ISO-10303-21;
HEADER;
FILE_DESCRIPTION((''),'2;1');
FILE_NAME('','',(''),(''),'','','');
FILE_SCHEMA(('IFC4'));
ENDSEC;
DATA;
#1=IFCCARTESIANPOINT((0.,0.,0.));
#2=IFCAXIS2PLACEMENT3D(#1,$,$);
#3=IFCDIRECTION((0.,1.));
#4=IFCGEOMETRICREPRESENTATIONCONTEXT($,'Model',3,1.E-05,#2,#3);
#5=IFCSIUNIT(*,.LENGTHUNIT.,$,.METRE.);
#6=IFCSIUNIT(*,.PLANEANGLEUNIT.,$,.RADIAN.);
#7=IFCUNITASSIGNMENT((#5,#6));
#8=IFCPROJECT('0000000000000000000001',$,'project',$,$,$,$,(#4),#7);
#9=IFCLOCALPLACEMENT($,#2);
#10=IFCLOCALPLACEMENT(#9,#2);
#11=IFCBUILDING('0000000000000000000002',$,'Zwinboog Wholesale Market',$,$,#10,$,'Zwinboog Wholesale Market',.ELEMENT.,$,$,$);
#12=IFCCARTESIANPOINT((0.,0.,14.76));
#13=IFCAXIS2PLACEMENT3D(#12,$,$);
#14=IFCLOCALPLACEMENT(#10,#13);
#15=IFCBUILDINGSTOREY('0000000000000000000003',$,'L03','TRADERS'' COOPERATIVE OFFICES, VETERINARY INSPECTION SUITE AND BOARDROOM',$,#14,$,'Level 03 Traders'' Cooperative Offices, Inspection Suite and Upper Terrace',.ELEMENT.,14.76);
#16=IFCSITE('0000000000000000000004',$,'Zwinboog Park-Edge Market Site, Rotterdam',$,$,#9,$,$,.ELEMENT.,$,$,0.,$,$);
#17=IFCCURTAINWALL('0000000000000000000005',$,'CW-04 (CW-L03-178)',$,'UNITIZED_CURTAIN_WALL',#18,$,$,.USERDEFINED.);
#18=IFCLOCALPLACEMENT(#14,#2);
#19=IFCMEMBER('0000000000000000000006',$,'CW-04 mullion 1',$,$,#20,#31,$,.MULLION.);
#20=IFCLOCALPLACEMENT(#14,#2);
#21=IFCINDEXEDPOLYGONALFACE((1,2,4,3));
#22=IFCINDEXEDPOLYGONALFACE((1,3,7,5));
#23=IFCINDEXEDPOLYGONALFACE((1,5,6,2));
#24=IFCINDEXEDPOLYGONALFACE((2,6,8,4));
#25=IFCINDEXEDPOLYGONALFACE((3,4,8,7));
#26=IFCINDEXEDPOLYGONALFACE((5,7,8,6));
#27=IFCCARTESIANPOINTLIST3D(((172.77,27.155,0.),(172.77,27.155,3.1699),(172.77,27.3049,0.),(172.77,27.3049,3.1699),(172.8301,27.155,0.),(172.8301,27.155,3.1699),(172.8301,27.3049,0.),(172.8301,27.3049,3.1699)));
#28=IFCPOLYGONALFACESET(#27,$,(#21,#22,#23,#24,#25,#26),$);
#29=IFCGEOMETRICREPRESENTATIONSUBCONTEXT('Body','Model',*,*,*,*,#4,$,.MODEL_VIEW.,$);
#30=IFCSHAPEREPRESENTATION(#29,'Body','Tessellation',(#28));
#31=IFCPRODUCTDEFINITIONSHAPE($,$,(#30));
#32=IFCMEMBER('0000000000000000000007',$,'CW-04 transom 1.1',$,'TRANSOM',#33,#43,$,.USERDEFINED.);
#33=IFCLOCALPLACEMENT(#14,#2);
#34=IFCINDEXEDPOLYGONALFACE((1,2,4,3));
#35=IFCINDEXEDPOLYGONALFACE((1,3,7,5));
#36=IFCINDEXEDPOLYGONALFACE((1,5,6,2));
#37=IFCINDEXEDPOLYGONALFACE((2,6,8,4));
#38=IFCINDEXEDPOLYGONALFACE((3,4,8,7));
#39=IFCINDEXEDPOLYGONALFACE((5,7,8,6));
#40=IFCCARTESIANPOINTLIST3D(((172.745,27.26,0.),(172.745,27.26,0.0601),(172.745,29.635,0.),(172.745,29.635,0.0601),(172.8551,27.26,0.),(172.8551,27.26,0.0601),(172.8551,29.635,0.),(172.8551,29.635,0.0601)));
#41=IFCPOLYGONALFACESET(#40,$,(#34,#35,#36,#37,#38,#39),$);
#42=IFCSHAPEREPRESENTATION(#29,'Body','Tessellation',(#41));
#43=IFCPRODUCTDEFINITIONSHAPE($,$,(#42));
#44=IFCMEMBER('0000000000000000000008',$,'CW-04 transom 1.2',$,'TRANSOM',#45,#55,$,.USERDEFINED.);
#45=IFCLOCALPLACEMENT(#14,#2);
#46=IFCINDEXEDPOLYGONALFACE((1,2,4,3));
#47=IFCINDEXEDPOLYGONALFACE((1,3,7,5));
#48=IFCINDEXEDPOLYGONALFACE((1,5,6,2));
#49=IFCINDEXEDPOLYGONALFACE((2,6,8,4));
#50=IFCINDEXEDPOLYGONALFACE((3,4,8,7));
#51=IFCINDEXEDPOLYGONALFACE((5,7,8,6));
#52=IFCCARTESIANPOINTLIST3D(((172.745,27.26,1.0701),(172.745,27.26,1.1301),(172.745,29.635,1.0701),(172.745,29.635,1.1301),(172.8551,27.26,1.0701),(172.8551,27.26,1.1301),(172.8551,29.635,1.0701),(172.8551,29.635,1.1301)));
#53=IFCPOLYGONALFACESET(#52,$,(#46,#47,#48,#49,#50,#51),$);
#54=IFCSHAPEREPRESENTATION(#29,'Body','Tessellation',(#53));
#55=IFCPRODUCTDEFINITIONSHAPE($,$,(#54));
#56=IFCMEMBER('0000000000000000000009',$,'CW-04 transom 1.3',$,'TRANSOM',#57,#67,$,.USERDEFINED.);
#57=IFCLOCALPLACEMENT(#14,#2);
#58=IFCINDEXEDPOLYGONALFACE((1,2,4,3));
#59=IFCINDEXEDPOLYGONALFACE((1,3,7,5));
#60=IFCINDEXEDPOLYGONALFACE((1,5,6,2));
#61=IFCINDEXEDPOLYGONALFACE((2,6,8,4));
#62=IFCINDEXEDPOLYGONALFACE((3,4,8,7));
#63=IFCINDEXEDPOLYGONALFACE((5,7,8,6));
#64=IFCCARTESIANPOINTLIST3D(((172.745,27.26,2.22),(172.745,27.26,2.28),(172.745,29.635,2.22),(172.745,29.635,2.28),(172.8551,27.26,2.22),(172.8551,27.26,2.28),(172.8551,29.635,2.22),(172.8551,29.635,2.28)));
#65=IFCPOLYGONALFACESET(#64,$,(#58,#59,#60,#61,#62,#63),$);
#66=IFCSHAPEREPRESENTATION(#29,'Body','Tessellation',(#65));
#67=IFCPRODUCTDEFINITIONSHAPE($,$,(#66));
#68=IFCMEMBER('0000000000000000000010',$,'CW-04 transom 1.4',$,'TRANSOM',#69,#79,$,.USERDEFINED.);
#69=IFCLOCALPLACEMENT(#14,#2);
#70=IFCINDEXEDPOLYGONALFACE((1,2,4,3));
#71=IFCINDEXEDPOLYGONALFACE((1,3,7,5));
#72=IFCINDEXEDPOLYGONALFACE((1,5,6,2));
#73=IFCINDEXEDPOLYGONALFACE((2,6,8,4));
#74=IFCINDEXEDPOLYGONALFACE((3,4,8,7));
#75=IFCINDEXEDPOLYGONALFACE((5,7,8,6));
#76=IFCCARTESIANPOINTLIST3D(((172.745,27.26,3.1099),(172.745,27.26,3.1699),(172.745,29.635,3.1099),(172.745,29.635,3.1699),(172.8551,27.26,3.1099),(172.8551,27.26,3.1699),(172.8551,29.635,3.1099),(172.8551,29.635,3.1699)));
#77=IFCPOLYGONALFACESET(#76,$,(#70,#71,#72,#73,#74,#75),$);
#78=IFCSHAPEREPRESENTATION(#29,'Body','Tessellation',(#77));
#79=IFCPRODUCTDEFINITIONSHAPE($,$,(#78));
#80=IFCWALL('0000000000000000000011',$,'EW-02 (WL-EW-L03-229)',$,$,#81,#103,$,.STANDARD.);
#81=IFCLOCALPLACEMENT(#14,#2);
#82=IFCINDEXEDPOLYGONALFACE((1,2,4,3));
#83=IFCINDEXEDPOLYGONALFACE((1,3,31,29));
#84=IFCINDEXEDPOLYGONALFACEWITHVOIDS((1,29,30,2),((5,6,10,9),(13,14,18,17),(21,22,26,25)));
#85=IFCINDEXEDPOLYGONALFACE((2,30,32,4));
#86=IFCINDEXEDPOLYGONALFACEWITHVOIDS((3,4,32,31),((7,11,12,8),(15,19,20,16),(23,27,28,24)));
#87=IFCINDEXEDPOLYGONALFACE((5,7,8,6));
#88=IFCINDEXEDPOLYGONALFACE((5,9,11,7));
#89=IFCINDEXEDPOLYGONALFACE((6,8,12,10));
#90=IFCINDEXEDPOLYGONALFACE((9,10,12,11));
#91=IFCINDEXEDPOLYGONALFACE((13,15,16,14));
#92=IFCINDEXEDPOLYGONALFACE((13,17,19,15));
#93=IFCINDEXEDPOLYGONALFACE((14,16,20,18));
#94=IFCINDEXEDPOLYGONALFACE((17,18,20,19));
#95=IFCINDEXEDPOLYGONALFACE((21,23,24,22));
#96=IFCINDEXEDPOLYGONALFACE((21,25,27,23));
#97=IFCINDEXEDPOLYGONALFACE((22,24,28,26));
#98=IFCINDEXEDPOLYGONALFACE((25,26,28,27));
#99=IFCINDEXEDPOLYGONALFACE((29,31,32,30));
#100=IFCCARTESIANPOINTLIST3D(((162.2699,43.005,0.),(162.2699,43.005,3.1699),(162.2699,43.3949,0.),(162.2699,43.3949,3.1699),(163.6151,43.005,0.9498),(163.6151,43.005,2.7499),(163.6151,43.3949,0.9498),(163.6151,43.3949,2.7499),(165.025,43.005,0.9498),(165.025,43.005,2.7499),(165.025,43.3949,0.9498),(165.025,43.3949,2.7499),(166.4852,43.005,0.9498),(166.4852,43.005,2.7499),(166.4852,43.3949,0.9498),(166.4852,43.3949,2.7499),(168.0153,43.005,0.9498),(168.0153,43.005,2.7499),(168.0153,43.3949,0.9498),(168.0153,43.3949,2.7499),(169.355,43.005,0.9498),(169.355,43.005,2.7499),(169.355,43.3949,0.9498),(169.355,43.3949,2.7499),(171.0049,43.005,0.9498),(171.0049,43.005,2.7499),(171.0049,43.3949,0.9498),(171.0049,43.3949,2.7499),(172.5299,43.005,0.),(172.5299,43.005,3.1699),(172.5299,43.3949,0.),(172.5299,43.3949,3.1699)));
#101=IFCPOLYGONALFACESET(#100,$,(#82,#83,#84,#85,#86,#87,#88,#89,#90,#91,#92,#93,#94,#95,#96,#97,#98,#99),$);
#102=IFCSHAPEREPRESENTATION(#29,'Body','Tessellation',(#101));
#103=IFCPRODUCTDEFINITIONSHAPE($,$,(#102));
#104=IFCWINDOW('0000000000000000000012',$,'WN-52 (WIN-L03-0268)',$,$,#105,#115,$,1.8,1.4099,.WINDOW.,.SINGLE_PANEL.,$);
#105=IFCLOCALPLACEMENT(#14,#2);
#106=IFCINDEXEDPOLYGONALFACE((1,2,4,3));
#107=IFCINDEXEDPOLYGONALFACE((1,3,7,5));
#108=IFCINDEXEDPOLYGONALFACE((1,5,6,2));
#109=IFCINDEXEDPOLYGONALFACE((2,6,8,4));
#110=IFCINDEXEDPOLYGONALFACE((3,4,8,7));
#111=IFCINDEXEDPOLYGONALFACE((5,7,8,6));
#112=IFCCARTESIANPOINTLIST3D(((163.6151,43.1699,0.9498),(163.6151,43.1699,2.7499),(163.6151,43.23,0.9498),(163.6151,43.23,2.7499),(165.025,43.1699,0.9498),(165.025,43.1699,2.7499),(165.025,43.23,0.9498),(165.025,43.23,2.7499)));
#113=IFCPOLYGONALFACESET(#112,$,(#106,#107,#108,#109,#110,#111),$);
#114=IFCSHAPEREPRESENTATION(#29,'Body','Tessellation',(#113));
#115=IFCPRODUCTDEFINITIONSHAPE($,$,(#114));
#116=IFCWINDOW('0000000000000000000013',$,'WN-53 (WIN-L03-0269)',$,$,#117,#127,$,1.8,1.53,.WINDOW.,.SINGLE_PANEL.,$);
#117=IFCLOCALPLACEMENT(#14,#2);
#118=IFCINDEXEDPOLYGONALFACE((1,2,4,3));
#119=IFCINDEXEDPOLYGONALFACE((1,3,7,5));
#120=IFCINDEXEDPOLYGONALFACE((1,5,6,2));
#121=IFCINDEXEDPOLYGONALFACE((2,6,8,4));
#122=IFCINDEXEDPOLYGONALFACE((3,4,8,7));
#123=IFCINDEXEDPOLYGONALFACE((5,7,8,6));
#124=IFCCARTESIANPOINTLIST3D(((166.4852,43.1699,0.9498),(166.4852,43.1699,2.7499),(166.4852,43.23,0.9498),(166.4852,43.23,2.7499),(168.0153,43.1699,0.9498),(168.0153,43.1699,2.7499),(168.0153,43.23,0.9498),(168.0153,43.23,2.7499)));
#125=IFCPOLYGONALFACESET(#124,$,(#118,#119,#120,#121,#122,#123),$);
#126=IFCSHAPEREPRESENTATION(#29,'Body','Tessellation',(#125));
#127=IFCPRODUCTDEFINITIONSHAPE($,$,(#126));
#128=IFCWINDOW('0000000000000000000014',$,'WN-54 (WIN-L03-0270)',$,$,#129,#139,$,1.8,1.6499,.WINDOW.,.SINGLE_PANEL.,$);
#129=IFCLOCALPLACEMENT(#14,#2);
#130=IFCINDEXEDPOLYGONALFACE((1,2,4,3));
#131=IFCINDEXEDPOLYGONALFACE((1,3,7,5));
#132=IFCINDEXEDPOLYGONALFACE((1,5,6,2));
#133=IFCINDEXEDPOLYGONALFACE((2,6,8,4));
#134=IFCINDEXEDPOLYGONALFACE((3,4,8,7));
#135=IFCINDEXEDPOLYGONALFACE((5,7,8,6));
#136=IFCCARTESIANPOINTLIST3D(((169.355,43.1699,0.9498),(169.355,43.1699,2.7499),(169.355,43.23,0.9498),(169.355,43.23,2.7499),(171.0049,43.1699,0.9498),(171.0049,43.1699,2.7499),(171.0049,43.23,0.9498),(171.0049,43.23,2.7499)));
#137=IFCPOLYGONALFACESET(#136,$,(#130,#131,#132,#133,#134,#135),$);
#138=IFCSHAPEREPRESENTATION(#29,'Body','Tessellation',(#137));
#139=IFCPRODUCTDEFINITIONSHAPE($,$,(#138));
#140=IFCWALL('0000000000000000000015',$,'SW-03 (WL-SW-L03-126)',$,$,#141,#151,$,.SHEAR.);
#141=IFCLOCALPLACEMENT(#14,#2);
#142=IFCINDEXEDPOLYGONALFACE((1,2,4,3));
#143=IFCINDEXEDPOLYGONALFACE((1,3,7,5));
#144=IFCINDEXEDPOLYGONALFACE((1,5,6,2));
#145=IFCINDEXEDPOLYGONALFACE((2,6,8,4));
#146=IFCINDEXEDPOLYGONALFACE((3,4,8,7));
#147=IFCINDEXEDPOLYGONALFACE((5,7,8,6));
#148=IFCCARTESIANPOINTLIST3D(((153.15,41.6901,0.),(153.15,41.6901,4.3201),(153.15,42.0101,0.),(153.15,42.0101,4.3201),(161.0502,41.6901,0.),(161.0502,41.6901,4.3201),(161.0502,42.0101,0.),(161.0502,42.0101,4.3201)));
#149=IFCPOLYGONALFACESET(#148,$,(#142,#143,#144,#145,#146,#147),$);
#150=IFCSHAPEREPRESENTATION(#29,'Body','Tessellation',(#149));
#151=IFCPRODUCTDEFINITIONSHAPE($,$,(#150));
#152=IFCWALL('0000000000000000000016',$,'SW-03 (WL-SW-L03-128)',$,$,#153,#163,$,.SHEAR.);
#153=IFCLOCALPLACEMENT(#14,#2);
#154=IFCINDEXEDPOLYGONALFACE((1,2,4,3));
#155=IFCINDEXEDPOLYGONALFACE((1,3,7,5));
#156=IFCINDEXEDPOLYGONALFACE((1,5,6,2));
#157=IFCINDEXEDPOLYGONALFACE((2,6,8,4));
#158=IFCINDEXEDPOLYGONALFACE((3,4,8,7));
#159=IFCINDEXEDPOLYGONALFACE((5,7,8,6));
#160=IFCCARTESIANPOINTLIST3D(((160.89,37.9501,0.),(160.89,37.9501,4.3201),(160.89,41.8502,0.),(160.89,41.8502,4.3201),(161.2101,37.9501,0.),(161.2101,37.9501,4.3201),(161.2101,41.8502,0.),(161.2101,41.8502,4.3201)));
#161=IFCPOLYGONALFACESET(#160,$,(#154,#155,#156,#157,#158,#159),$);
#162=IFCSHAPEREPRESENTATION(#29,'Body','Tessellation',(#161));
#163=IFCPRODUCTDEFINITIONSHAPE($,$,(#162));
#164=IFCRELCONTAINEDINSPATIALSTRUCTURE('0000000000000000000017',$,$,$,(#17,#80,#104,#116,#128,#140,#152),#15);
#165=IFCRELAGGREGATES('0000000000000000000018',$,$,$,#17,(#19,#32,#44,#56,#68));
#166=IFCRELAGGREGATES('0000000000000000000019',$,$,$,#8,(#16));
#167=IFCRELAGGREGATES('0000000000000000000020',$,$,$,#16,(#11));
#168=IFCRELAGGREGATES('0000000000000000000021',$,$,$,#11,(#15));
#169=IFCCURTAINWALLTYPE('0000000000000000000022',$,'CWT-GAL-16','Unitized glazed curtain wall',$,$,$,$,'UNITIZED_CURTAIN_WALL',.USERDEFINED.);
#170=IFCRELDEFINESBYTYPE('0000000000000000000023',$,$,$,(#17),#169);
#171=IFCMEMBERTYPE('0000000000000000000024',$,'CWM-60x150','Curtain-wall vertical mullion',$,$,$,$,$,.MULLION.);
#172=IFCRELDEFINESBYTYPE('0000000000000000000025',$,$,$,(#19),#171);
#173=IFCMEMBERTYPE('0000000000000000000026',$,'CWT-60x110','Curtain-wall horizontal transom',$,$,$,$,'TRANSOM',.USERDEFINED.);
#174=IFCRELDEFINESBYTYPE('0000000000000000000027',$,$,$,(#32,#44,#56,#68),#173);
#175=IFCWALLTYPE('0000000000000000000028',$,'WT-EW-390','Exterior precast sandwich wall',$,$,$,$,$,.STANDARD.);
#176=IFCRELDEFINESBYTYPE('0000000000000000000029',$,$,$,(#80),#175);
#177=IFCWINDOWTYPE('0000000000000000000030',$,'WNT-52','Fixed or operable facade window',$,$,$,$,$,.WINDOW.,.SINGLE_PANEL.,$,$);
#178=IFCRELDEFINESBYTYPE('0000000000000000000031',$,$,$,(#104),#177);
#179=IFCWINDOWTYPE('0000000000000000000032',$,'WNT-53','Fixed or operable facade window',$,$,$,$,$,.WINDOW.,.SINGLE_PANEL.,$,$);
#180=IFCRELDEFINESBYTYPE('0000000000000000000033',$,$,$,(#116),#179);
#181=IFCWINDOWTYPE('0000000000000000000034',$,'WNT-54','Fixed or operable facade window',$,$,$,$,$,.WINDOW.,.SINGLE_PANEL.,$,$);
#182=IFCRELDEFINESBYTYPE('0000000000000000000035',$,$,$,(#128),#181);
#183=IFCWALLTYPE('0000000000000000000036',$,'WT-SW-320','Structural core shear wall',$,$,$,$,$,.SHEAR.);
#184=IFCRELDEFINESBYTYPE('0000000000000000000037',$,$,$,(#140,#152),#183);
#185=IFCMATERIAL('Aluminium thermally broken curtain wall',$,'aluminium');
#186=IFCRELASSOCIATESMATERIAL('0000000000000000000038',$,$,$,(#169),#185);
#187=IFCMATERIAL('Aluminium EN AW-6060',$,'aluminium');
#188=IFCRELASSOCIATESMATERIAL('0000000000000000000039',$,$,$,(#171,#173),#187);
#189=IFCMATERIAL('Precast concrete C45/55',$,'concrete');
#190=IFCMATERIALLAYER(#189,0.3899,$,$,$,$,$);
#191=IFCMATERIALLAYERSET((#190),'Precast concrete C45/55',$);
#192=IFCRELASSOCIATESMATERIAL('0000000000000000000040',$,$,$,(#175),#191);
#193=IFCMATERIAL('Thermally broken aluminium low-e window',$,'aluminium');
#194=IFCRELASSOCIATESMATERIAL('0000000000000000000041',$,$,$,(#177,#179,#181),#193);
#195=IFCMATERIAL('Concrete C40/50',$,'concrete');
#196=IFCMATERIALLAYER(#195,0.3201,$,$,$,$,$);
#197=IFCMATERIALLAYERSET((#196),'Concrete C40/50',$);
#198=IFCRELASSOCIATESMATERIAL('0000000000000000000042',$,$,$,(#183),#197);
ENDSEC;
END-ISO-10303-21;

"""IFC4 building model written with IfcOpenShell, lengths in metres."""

from ifc_helpers import new_model, si_unit, direction, frame, frame_2d, origin, origin_2d, place, context, subcontext, project, spatial, rectangle, extrude, material, layer, layer_set, material_profile, profile_set, type_object, element, fill, aggregate, save


model = new_model("IFC4")

# Units and contexts
model_context = context("Model", 3, precision=1e-05, world=origin(), true_north=direction((0.0, 1.0)))
body_context = subcontext(model_context, "Body", "Model", "MODEL_VIEW")
ifc_project = project(units=[si_unit("LENGTHUNIT", "METRE"), si_unit("PLANEANGLEUNIT", "RADIAN")], contexts=[model_context])

# Site, building, storey
site_placement = place(None, origin())
site = spatial("IfcSite", under=ifc_project, at=site_placement, Name="Zwinboog Park-Edge Market Site, Rotterdam", CompositionType="ELEMENT", RefElevation=0.0)
building_placement = place(site_placement, origin())
building = spatial("IfcBuilding", under=site, at=building_placement, Name="Zwinboog Wholesale Market", LongName="Zwinboog Wholesale Market", CompositionType="ELEMENT")
storey_placement = place(building_placement, frame((0.0, 0.0, 14.76)))
storey = spatial("IfcBuildingStorey", under=building, at=storey_placement, Name="L03", Description="TRADERS' COOPERATIVE OFFICES, VETERINARY INSPECTION SUITE AND BOARDROOM", LongName="Level 03 Traders' Cooperative Offices, Inspection Suite and Upper Terrace", CompositionType="ELEMENT", Elevation=14.76)

# Shared definitions
ifc_material_1 = material(Name="Precast concrete C45/55", Category="concrete")

# Curtain wall, members
ifc_material_2 = material(Name="Aluminium thermally broken curtain wall", Category="aluminium")
curtain_wall_type = type_object("IfcCurtainWallType", Name="CWT-GAL-16", Description="Unitized glazed curtain wall", ElementType="UNITIZED_CURTAIN_WALL", PredefinedType="USERDEFINED", material=ifc_material_2)
curtain_wall_placement = place(storey_placement, origin())
curtain_wall = element("IfcCurtainWall", 1, at=curtain_wall_placement, inside=storey, type_object=curtain_wall_type, Name="CW-04 (CW-L03-178)", ObjectType="UNITIZED_CURTAIN_WALL", PredefinedType="USERDEFINED")
ifc_material_3 = material(Name="Aluminium EN AW-6060", Category="aluminium")
ifc_material_profile_1 = material_profile(ifc_material_3, rectangle(XDim=0.0601, YDim=0.1499, at=origin_2d()), Name="AL 60x150")
ifc_profile_set_1 = profile_set([ifc_material_profile_1], Name="Aluminium EN AW-6060")
member_type_1 = type_object("IfcMemberType", Name="CWM-60x150", Description="Curtain-wall vertical mullion", PredefinedType="MULLION", material=ifc_profile_set_1)
member_1_placement = place(storey_placement, frame((172.8, 27.23, 0.0), z_axis=(0.0, 0.0, 1.0), x_axis=(-1.0, 0.0, 0.0)))
member_1 = element("IfcMember", 2, at=member_1_placement, type_object=member_type_1, Name="CW-04 mullion 1", PredefinedType="MULLION", context=body_context, shape_type="SweptSolid", body=[
    extrude(rectangle(XDim=0.0601, YDim=0.1499, at=origin_2d()), origin(), (0.0, 0.0, 1.0), 3.1699),
])
ifc_material_profile_2 = material_profile(ifc_material_3, rectangle(XDim=0.1101, YDim=0.0601, at=origin_2d()), Name="AL 60x110")
ifc_profile_set_2 = profile_set([ifc_material_profile_2], Name="Aluminium EN AW-6060")
member_type_2 = type_object("IfcMemberType", Name="CWT-60x110", Description="Curtain-wall horizontal transom", ElementType="TRANSOM", PredefinedType="USERDEFINED", material=ifc_profile_set_2)
member_2_placement = place(storey_placement, frame((172.8, 27.26, 0.03), z_axis=(0.0, 1.0, 0.0), x_axis=(-1.0, 0.0, 0.0)))
member_2 = element("IfcMember", 3, at=member_2_placement, type_object=member_type_2, Name="CW-04 transom 1.1", ObjectType="TRANSOM", PredefinedType="USERDEFINED", context=body_context, shape_type="SweptSolid", body=[
    extrude(rectangle(XDim=0.1101, YDim=0.0601, at=origin_2d()), origin(), (0.0, 0.0, 1.0), 2.375),
])
member_3_placement = place(storey_placement, frame((172.8, 27.26, 1.1001), z_axis=(0.0, 1.0, 0.0), x_axis=(-1.0, 0.0, 0.0)))
member_3 = element("IfcMember", 4, at=member_3_placement, type_object=member_type_2, Name="CW-04 transom 1.2", ObjectType="TRANSOM", PredefinedType="USERDEFINED", context=body_context, shape_type="SweptSolid", body=[
    extrude(rectangle(XDim=0.1101, YDim=0.0601, at=origin_2d()), origin(), (0.0, 0.0, 1.0), 2.375),
])
member_4_placement = place(storey_placement, frame((172.8, 27.26, 2.25), z_axis=(0.0, 1.0, 0.0), x_axis=(-1.0, 0.0, 0.0)))
member_4 = element("IfcMember", 5, at=member_4_placement, type_object=member_type_2, Name="CW-04 transom 1.3", ObjectType="TRANSOM", PredefinedType="USERDEFINED", context=body_context, shape_type="SweptSolid", body=[
    extrude(rectangle(XDim=0.1101, YDim=0.0601, at=origin_2d()), origin(), (0.0, 0.0, 1.0), 2.375),
])
member_5_placement = place(storey_placement, frame((172.8, 27.26, 3.1399), z_axis=(0.0, 1.0, 0.0), x_axis=(-1.0, 0.0, 0.0)))
member_5 = element("IfcMember", 6, at=member_5_placement, type_object=member_type_2, Name="CW-04 transom 1.4", ObjectType="TRANSOM", PredefinedType="USERDEFINED", context=body_context, shape_type="SweptSolid", body=[
    extrude(rectangle(XDim=0.1101, YDim=0.0601, at=origin_2d()), origin(), (0.0, 0.0, 1.0), 2.375),
])
aggregate(curtain_wall, [member_1, member_2, member_3, member_4, member_5])

# Wall, openings, windows
ifc_layer_1 = layer(ifc_material_1, 0.3899)
ifc_layer_set_1 = layer_set([ifc_layer_1], Name="Precast concrete C45/55")
wall_type_1 = type_object("IfcWallType", Name="WT-EW-390", Description="Exterior precast sandwich wall", PredefinedType="STANDARD", material=ifc_layer_set_1)
wall_1_placement = place(storey_placement, frame((162.27, 43.2, 0.0), z_axis=(0.0, 0.0, 1.0), x_axis=(1.0, 0.0, 0.0)))
wall_1 = element("IfcWall", 7, at=wall_1_placement, inside=storey, type_object=wall_type_1, Name="EW-02 (WL-EW-L03-229)", PredefinedType="STANDARD", context=body_context, shape_type="SweptSolid", body=[
    extrude(rectangle(XDim=10.26, YDim=0.3899, at=frame_2d((5.1299, 0.0))), origin(), (0.0, 0.0, 1.0), 3.1699),
])
opening_1_placement = place(wall_1_placement, frame((1.345, 0.0, 0.95)))
opening_1 = element("IfcOpeningElement", 8, at=opening_1_placement, cuts=wall_1, PredefinedType="OPENING", context=body_context, shape_type="SweptSolid", body=[
    extrude(rectangle(XDim=1.4099, YDim=1.8, at=frame_2d((0.7051, 0.8999))), frame((0.0, 0.2048, 0.0), z_axis=(0.0, -1.0, 0.0), x_axis=(1.0, 0.0, 0.0)), (0.0, 0.0, 1.0), 0.4099),
])
opening_2_placement = place(wall_1_placement, frame((4.2151, 0.0, 0.95)))
opening_2 = element("IfcOpeningElement", 9, at=opening_2_placement, cuts=wall_1, PredefinedType="OPENING", context=body_context, shape_type="SweptSolid", body=[
    extrude(rectangle(XDim=1.53, YDim=1.8, at=frame_2d((0.7651, 0.8999))), frame((0.0, 0.2048, 0.0), z_axis=(0.0, -1.0, 0.0), x_axis=(1.0, 0.0, 0.0)), (0.0, 0.0, 1.0), 0.4099),
])
opening_3_placement = place(wall_1_placement, frame((7.085, 0.0, 0.95)))
opening_3 = element("IfcOpeningElement", 10, at=opening_3_placement, cuts=wall_1, PredefinedType="OPENING", context=body_context, shape_type="SweptSolid", body=[
    extrude(rectangle(XDim=1.6499, YDim=1.8, at=frame_2d((0.825, 0.8999))), frame((0.0, 0.2048, 0.0), z_axis=(0.0, -1.0, 0.0), x_axis=(1.0, 0.0, 0.0)), (0.0, 0.0, 1.0), 0.4099),
])
ifc_material_4 = material(Name="Thermally broken aluminium low-e window", Category="aluminium")
window_type_1 = type_object("IfcWindowType", Name="WNT-52", Description="Fixed or operable facade window", PartitioningType="SINGLE_PANEL", PredefinedType="WINDOW", material=ifc_material_4)
window_1_placement = place(opening_1_placement, origin())
window_1 = element("IfcWindow", 11, at=window_1_placement, inside=storey, type_object=window_type_1, Name="WN-52 (WIN-L03-0268)", OverallHeight=1.8, OverallWidth=1.4099, PartitioningType="SINGLE_PANEL", PredefinedType="WINDOW", context=body_context, shape_type="SweptSolid", body=[
    extrude(rectangle(XDim=1.4099, YDim=1.8, at=frame_2d((0.7051, 0.8999))), frame((0.0, 0.03, 0.0), z_axis=(0.0, -1.0, 0.0), x_axis=(1.0, 0.0, 0.0)), (0.0, 0.0, 1.0), 0.0601),
])
fill(opening_1, window_1)
window_type_2 = type_object("IfcWindowType", Name="WNT-53", Description="Fixed or operable facade window", PartitioningType="SINGLE_PANEL", PredefinedType="WINDOW", material=ifc_material_4)
window_2_placement = place(opening_2_placement, origin())
window_2 = element("IfcWindow", 12, at=window_2_placement, inside=storey, type_object=window_type_2, Name="WN-53 (WIN-L03-0269)", OverallHeight=1.8, OverallWidth=1.53, PartitioningType="SINGLE_PANEL", PredefinedType="WINDOW", context=body_context, shape_type="SweptSolid", body=[
    extrude(rectangle(XDim=1.53, YDim=1.8, at=frame_2d((0.7651, 0.8999))), frame((0.0, 0.03, 0.0), z_axis=(0.0, -1.0, 0.0), x_axis=(1.0, 0.0, 0.0)), (0.0, 0.0, 1.0), 0.0601),
])
fill(opening_2, window_2)
window_type_3 = type_object("IfcWindowType", Name="WNT-54", Description="Fixed or operable facade window", PartitioningType="SINGLE_PANEL", PredefinedType="WINDOW", material=ifc_material_4)
window_3_placement = place(opening_3_placement, origin())
window_3 = element("IfcWindow", 13, at=window_3_placement, inside=storey, type_object=window_type_3, Name="WN-54 (WIN-L03-0270)", OverallHeight=1.8, OverallWidth=1.6499, PartitioningType="SINGLE_PANEL", PredefinedType="WINDOW", context=body_context, shape_type="SweptSolid", body=[
    extrude(rectangle(XDim=1.6499, YDim=1.8, at=frame_2d((0.825, 0.8999))), frame((0.0, 0.03, 0.0), z_axis=(0.0, -1.0, 0.0), x_axis=(1.0, 0.0, 0.0)), (0.0, 0.0, 1.0), 0.0601),
])
fill(opening_3, window_3)

# Walls
ifc_material_5 = material(Name="Concrete C40/50", Category="concrete")
ifc_layer_2 = layer(ifc_material_5, 0.3201)
ifc_layer_set_2 = layer_set([ifc_layer_2], Name="Concrete C40/50")
wall_type_2 = type_object("IfcWallType", Name="WT-SW-320", Description="Structural core shear wall", PredefinedType="SHEAR", material=ifc_layer_set_2)
wall_2_placement = place(storey_placement, frame((153.1499, 41.8501, 0.0), z_axis=(0.0, 0.0, 1.0), x_axis=(1.0, 0.0, 0.0)))
element("IfcWall", 14, at=wall_2_placement, inside=storey, type_object=wall_type_2, Name="SW-03 (WL-SW-L03-126)", PredefinedType="SHEAR", context=body_context, shape_type="SweptSolid", body=[
    extrude(rectangle(XDim=7.9001, YDim=0.3201, at=frame_2d((3.9502, 0.0))), origin(), (0.0, 0.0, 1.0), 4.3201),
])
wall_3_placement = place(storey_placement, frame((161.05, 37.95, 0.0), z_axis=(0.0, 0.0, 1.0), x_axis=(0.0, 1.0, 0.0)))
element("IfcWall", 15, at=wall_3_placement, inside=storey, type_object=wall_type_2, Name="SW-03 (WL-SW-L03-128)", PredefinedType="SHEAR", context=body_context, shape_type="SweptSolid", body=[
    extrude(rectangle(XDim=3.9001, YDim=0.3201, at=frame_2d((1.9502, 0.0))), origin(), (0.0, 0.0, 1.0), 4.3201),
])

save(model, "model.ifc")
